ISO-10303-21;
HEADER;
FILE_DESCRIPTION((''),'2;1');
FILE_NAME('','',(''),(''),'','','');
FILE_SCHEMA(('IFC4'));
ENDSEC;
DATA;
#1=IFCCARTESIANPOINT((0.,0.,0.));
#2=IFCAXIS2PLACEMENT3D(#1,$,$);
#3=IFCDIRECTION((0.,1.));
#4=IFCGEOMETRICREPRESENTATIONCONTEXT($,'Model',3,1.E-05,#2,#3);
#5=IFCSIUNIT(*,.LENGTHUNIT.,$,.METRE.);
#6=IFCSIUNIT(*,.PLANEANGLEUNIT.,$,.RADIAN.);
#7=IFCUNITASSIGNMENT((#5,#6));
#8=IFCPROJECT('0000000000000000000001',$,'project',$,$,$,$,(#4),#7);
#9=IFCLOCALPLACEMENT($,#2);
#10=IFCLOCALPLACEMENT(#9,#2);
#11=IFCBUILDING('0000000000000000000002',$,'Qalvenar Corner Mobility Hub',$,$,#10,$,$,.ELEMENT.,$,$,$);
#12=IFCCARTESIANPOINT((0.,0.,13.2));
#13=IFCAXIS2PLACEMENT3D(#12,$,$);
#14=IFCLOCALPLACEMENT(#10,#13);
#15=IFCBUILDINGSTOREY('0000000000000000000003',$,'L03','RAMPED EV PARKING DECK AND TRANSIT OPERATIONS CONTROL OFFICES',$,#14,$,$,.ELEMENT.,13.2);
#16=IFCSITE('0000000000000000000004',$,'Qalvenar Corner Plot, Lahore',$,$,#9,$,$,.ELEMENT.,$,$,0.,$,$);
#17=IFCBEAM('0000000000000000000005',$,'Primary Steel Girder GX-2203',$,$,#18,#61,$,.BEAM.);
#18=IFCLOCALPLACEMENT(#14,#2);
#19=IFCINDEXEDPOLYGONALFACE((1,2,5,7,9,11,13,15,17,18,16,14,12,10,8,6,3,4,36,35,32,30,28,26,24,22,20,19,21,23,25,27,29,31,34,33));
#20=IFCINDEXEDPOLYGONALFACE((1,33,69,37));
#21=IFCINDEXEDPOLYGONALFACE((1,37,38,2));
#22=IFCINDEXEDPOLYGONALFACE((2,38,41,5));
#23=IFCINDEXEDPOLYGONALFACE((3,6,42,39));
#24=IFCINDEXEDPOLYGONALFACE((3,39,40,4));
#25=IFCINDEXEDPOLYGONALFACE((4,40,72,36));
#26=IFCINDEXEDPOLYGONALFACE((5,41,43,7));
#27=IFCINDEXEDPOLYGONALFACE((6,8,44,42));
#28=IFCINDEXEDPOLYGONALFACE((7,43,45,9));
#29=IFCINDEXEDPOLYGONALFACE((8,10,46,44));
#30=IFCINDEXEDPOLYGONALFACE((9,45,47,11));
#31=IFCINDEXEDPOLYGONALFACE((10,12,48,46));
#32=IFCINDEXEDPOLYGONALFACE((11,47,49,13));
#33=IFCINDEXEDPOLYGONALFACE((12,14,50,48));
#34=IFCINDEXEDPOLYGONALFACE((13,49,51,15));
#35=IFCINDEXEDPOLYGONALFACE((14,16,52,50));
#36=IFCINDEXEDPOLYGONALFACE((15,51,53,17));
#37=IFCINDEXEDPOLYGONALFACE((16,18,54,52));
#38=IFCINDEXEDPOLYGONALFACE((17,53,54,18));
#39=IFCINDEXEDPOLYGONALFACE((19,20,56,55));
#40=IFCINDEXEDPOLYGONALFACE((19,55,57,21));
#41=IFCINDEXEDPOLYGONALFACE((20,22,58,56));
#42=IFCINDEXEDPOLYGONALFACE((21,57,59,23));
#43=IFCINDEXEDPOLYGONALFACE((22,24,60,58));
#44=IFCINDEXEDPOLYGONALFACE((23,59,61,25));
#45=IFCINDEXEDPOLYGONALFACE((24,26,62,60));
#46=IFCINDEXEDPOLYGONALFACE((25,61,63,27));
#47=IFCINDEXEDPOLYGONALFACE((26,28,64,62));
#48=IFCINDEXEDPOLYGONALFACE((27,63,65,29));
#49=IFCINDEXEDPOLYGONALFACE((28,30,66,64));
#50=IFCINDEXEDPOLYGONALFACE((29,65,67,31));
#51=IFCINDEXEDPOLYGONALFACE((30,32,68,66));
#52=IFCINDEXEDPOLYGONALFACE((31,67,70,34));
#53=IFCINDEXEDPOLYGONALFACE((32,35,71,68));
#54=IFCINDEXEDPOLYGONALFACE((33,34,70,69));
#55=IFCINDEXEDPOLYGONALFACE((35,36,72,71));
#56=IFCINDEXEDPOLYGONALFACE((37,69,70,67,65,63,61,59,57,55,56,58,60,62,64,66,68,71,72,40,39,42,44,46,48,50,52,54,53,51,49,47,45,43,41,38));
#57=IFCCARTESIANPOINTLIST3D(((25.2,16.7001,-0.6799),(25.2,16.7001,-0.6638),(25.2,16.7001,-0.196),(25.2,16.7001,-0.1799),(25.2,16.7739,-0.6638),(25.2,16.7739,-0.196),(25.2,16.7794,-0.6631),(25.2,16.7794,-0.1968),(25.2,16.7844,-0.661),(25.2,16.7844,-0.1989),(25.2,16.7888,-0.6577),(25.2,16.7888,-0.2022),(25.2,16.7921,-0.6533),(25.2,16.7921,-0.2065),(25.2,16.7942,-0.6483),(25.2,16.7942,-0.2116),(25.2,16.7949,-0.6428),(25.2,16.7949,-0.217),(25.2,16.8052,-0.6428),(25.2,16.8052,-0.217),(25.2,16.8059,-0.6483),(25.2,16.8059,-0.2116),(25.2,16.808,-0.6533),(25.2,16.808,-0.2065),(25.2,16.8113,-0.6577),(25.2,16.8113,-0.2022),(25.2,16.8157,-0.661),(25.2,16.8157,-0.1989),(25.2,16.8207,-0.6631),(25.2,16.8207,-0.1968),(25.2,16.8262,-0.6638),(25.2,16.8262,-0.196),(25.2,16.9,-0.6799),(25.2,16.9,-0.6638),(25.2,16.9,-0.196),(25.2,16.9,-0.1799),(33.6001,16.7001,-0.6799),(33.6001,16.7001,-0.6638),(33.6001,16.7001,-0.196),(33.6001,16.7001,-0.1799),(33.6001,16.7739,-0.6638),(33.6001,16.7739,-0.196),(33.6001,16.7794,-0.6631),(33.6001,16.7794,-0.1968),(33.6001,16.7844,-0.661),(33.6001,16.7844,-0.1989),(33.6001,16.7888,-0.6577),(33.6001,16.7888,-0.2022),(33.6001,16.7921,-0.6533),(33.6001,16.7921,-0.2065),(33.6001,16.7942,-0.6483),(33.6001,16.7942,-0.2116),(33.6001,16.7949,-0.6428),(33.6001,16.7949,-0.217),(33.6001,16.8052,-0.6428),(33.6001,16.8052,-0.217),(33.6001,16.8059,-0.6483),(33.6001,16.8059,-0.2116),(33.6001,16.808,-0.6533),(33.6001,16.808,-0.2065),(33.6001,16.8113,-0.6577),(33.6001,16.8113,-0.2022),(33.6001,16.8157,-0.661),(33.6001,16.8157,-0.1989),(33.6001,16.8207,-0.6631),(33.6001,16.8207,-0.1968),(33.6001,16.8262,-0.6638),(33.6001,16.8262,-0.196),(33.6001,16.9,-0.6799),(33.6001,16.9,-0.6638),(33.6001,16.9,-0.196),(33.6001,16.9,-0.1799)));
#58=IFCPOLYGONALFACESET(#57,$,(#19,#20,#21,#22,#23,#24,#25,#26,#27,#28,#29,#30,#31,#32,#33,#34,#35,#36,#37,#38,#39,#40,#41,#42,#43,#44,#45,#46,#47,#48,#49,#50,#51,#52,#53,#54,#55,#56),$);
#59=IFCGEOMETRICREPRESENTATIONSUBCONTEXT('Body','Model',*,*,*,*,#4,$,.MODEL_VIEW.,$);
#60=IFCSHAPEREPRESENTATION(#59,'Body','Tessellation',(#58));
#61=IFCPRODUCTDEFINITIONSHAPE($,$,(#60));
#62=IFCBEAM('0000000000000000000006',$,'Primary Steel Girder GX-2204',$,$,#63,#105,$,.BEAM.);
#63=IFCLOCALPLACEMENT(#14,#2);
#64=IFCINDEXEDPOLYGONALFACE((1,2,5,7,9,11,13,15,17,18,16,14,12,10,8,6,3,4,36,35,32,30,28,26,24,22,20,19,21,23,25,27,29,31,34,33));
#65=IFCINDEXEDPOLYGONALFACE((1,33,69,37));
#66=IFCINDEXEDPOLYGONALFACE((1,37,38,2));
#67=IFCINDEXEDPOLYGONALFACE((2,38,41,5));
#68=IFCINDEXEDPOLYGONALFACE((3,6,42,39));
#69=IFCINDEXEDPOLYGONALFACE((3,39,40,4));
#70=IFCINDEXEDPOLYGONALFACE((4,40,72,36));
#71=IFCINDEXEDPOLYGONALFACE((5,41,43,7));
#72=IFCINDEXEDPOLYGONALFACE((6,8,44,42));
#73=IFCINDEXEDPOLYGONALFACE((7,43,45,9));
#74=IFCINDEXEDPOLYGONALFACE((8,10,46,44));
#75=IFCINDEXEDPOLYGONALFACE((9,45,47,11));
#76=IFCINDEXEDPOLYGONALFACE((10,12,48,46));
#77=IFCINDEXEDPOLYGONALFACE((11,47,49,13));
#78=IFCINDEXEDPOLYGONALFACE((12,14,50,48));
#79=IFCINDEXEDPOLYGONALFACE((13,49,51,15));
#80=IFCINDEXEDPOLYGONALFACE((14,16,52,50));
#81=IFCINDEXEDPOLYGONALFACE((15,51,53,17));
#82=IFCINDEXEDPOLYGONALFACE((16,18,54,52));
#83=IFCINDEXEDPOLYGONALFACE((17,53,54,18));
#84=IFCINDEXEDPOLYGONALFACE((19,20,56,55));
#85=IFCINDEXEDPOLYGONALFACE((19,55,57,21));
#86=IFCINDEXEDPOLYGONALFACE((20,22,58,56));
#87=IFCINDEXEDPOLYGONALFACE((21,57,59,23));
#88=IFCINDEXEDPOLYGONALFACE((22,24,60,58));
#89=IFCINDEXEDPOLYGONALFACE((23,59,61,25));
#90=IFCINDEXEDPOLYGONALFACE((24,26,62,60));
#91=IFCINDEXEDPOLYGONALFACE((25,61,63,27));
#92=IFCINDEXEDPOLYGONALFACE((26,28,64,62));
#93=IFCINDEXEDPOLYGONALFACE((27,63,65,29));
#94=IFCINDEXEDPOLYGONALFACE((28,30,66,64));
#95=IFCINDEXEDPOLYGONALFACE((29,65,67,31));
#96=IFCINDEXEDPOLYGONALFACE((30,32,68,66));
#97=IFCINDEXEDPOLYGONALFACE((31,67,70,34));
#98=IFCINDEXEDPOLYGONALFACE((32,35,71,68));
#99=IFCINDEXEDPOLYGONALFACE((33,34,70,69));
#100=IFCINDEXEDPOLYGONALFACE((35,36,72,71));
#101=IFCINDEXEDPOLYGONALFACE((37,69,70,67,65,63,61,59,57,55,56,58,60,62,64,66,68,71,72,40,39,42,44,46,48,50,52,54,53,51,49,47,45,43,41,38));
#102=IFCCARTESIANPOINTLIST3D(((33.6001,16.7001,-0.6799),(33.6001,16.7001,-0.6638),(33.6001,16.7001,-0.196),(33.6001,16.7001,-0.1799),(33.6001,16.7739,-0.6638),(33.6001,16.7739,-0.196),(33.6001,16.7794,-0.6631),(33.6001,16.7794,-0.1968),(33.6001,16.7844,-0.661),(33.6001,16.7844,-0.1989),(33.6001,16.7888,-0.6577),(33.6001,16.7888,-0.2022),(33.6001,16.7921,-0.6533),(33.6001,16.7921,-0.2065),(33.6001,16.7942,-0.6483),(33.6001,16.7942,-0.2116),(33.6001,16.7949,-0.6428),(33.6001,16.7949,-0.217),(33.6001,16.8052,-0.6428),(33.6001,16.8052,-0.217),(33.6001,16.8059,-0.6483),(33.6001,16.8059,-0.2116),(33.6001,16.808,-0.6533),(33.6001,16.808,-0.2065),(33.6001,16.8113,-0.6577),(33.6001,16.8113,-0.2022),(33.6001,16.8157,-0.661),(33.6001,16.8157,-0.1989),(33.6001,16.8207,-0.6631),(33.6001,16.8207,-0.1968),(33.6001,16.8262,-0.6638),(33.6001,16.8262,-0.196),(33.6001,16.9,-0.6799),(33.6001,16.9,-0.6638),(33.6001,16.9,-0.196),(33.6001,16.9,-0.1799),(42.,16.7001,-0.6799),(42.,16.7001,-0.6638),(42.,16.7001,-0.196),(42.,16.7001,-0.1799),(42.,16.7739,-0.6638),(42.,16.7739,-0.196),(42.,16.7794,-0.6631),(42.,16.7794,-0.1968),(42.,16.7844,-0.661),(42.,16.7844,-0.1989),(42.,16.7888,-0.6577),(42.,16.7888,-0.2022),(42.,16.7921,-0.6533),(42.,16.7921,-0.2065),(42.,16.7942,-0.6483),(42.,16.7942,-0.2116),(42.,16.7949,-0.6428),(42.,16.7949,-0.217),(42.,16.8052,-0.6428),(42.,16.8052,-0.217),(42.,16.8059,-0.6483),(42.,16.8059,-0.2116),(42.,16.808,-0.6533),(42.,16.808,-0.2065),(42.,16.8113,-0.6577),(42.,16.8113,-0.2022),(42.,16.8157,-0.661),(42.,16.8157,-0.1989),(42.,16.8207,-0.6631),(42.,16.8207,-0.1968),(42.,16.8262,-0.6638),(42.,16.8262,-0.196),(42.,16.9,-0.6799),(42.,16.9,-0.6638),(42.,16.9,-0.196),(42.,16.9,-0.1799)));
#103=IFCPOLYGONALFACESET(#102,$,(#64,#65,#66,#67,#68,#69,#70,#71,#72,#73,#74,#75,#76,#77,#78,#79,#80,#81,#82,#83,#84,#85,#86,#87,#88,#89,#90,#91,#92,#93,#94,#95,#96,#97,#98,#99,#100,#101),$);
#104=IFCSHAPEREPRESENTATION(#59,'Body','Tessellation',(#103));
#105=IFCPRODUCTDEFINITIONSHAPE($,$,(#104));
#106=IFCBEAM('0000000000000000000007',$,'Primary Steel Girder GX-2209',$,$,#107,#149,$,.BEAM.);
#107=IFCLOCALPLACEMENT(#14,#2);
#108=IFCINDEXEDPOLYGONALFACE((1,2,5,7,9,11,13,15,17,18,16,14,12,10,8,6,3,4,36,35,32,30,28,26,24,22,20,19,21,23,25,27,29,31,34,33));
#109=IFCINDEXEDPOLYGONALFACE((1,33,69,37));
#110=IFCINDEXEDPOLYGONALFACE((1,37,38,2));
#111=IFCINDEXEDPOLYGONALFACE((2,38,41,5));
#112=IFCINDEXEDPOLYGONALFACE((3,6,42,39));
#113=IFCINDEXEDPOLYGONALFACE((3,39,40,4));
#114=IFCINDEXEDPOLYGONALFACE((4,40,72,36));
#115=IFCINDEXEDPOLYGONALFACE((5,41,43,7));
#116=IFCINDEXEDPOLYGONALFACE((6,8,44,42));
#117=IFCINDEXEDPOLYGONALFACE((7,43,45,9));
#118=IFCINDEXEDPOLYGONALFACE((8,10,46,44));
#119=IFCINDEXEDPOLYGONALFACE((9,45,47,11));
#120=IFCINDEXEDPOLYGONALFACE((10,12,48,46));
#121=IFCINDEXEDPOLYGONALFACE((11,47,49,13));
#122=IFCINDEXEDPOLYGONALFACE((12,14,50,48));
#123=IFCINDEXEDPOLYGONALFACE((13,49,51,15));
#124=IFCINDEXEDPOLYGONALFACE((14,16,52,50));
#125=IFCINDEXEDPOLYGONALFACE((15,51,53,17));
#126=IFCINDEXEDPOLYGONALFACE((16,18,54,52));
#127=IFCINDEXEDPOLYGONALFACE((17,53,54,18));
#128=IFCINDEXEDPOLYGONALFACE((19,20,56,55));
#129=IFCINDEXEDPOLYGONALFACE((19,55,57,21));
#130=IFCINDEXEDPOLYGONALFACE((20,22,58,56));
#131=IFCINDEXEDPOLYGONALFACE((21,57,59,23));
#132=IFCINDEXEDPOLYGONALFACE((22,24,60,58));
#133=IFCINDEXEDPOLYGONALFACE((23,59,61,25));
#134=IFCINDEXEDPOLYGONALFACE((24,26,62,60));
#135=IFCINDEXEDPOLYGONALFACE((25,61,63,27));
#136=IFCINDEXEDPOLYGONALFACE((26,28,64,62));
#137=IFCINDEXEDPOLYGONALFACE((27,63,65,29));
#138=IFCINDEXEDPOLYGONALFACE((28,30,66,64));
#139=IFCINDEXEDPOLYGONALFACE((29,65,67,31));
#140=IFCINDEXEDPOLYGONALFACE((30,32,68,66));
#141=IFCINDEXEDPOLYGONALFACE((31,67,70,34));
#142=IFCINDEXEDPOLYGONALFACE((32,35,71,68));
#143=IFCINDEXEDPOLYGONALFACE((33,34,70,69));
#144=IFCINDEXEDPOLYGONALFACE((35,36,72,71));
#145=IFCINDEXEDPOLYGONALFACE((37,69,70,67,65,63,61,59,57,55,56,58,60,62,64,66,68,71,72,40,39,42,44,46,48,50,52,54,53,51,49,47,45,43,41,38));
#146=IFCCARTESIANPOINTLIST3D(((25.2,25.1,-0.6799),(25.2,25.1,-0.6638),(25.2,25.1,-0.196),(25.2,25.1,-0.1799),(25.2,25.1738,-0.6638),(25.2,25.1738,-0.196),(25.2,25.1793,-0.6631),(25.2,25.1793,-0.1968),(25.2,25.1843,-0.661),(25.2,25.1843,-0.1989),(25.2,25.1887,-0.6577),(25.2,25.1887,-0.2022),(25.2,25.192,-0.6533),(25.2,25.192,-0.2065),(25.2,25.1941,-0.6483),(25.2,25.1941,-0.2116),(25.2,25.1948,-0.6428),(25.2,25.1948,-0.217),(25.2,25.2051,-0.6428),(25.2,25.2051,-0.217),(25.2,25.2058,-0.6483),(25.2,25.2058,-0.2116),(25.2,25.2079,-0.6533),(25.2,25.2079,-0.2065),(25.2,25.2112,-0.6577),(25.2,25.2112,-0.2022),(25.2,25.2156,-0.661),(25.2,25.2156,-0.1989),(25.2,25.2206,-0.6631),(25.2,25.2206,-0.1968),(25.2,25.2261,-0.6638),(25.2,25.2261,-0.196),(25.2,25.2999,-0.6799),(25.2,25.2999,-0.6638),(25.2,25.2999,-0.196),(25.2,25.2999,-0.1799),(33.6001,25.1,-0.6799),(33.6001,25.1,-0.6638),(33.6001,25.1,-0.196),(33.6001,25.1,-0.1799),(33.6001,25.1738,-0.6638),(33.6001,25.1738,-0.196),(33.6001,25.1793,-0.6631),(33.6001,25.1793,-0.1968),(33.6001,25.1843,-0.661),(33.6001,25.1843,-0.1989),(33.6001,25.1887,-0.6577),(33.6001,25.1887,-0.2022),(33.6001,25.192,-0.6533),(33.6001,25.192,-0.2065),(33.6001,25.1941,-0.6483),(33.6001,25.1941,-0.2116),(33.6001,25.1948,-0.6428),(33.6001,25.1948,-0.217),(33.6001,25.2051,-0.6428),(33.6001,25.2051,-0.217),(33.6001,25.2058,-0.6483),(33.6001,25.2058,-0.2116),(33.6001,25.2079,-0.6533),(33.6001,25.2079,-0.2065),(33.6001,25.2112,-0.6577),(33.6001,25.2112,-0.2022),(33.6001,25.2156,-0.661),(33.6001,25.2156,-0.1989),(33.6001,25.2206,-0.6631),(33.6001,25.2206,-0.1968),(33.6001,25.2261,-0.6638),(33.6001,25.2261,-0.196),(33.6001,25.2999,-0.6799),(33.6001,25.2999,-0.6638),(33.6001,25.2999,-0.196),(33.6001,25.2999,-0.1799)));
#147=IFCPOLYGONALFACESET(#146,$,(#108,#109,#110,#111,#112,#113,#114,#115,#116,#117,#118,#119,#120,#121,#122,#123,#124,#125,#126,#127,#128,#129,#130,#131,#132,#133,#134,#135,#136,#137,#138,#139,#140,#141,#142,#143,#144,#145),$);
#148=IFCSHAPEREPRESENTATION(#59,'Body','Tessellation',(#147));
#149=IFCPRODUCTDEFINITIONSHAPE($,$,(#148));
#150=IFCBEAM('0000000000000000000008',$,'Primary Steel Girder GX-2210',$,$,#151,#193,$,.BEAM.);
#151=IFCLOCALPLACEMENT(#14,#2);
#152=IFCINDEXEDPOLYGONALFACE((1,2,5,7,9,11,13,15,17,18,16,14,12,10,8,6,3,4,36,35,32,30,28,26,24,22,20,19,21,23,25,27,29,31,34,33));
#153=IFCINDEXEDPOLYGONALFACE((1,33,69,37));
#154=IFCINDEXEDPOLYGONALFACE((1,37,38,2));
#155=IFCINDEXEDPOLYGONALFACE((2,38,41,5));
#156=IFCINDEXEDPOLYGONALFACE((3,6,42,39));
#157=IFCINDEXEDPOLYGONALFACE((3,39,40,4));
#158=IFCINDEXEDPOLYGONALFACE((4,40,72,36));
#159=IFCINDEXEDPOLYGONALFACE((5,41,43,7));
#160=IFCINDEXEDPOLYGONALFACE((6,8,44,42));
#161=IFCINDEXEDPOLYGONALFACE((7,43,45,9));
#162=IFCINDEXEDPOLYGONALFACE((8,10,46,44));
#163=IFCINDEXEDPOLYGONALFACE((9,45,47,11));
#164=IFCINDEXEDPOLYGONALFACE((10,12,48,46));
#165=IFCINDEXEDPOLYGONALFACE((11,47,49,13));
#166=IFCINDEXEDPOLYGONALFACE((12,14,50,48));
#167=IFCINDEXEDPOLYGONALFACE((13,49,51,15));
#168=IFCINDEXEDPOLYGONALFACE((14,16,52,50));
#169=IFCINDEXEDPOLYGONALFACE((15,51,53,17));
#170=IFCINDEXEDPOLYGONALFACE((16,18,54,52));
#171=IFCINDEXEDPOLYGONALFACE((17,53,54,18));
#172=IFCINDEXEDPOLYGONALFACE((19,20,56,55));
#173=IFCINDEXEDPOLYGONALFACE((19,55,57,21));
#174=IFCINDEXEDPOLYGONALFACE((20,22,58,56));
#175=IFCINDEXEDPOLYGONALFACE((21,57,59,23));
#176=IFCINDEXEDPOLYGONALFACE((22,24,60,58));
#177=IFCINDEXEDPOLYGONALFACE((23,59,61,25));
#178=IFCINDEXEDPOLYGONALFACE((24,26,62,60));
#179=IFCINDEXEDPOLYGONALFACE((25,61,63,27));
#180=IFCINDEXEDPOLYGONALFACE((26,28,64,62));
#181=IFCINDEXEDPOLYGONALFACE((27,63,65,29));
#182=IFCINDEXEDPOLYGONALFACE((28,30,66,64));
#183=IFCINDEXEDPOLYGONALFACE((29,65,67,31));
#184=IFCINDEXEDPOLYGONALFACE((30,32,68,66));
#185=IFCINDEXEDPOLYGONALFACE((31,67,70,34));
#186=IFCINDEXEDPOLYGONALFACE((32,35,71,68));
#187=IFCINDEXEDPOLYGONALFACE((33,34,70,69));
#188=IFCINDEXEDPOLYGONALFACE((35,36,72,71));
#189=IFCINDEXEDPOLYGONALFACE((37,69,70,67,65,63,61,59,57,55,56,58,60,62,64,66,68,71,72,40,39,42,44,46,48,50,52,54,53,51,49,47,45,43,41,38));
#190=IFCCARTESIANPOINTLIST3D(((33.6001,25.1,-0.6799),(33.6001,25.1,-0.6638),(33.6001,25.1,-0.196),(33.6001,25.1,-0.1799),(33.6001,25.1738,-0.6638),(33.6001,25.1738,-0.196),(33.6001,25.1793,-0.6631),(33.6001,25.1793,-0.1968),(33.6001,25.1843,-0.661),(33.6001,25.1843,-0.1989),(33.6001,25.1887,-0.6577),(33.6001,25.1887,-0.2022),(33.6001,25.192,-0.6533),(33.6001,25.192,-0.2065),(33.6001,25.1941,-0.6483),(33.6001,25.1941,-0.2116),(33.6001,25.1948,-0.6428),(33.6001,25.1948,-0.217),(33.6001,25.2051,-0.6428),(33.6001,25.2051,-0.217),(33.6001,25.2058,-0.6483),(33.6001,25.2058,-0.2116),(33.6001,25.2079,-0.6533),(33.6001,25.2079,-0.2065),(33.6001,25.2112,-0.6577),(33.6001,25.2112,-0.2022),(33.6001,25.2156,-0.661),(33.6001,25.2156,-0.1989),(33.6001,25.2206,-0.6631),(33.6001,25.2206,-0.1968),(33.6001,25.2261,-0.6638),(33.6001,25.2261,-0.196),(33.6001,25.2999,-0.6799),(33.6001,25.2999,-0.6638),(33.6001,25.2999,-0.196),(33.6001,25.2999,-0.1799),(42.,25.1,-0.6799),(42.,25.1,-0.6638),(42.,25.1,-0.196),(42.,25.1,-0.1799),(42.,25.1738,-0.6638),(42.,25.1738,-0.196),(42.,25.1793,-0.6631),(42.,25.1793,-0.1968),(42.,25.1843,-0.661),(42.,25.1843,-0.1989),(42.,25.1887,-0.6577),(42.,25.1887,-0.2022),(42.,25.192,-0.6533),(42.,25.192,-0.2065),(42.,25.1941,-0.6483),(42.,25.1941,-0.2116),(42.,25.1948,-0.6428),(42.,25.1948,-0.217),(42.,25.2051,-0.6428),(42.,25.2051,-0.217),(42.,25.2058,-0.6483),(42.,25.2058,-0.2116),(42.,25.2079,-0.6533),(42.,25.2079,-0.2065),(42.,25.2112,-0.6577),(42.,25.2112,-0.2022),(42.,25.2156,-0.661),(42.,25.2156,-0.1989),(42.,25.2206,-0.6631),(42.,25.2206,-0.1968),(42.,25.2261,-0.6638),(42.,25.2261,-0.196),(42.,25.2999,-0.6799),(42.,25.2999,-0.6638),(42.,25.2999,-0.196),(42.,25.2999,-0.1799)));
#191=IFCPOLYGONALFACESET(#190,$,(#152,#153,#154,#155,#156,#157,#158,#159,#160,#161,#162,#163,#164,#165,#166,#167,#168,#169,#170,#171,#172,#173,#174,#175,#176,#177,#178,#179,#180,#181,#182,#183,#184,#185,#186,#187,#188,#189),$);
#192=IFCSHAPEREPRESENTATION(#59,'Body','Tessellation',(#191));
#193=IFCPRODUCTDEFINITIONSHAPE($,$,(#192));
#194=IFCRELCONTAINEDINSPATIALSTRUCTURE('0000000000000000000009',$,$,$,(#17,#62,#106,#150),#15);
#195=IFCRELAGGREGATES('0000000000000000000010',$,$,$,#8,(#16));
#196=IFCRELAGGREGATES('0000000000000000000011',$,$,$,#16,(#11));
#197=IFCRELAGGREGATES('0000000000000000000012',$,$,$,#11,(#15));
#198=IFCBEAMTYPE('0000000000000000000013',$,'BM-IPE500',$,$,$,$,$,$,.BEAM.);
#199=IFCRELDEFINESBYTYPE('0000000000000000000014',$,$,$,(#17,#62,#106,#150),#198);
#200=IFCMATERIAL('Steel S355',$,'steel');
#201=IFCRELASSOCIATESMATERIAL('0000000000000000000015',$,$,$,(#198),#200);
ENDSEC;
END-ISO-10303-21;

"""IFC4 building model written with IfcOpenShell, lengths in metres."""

from ifc_helpers import new_model, si_unit, direction, frame, origin, origin_2d, place, context, subcontext, project, spatial, i_section, extrude, material, material_profile, profile_set, type_object, element, save


model = new_model("IFC4")

# Units and contexts
model_context = context("Model", 3, precision=1e-05, world=origin(), true_north=direction((0.0, 1.0)))
body_context = subcontext(model_context, "Body", "Model", "MODEL_VIEW")
ifc_project = project(units=[si_unit("LENGTHUNIT", "METRE"), si_unit("PLANEANGLEUNIT", "RADIAN")], contexts=[model_context])

# Site, building, storey
site_placement = place(None, origin())
site = spatial("IfcSite", under=ifc_project, at=site_placement, Name="Qalvenar Corner Plot, Lahore", CompositionType="ELEMENT", RefElevation=0.0)
building_placement = place(site_placement, origin())
building = spatial("IfcBuilding", under=site, at=building_placement, Name="Qalvenar Corner Mobility Hub", CompositionType="ELEMENT")
storey_placement = place(building_placement, frame((0.0, 0.0, 13.2)))
storey = spatial("IfcBuildingStorey", under=building, at=storey_placement, Name="L03", Description="RAMPED EV PARKING DECK AND TRANSIT OPERATIONS CONTROL OFFICES", CompositionType="ELEMENT", Elevation=13.2)

# Shared definitions
ifc_material_1 = material(Name="Steel S355", Category="steel")

# Beams
ifc_material_profile_1 = material_profile(ifc_material_1, i_section(OverallWidth=0.2, OverallDepth=0.5, WebThickness=0.0103, FlangeThickness=0.0161, FilletRadius=0.021, at=origin_2d()), Name="IPE500")
ifc_profile_set_1 = profile_set([ifc_material_profile_1], Name="Steel S355")
beam_type_1 = type_object("IfcBeamType", Name="BM-IPE500", PredefinedType="BEAM", material=ifc_profile_set_1)
beam_1_placement = place(storey_placement, frame((25.2, 16.8, -0.4299), z_axis=(1.0, 0.0, 0.0), x_axis=(0.0, 1.0, 0.0)))
element("IfcBeam", 1, at=beam_1_placement, inside=storey, type_object=beam_type_1, Name="Primary Steel Girder GX-2203", PredefinedType="BEAM", context=body_context, shape_type="SweptSolid", body=[
    extrude(i_section(OverallWidth=0.2, OverallDepth=0.5, WebThickness=0.0103, FlangeThickness=0.0161, FilletRadius=0.021, at=origin_2d()), origin(), (0.0, 0.0, 1.0), 8.4001),
])
beam_2_placement = place(storey_placement, frame((33.6001, 16.8, -0.4299), z_axis=(1.0, 0.0, 0.0), x_axis=(0.0, 1.0, 0.0)))
element("IfcBeam", 2, at=beam_2_placement, inside=storey, type_object=beam_type_1, Name="Primary Steel Girder GX-2204", PredefinedType="BEAM", context=body_context, shape_type="SweptSolid", body=[
    extrude(i_section(OverallWidth=0.2, OverallDepth=0.5, WebThickness=0.0103, FlangeThickness=0.0161, FilletRadius=0.021, at=origin_2d()), origin(), (0.0, 0.0, 1.0), 8.3999),
])
beam_3_placement = place(storey_placement, frame((25.2, 25.2, -0.4299), z_axis=(1.0, 0.0, 0.0), x_axis=(0.0, 1.0, 0.0)))
element("IfcBeam", 3, at=beam_3_placement, inside=storey, type_object=beam_type_1, Name="Primary Steel Girder GX-2209", PredefinedType="BEAM", context=body_context, shape_type="SweptSolid", body=[
    extrude(i_section(OverallWidth=0.2, OverallDepth=0.5, WebThickness=0.0103, FlangeThickness=0.0161, FilletRadius=0.021, at=origin_2d()), origin(), (0.0, 0.0, 1.0), 8.4001),
])
beam_4_placement = place(storey_placement, frame((33.6001, 25.2, -0.4299), z_axis=(1.0, 0.0, 0.0), x_axis=(0.0, 1.0, 0.0)))
element("IfcBeam", 4, at=beam_4_placement, inside=storey, type_object=beam_type_1, Name="Primary Steel Girder GX-2210", PredefinedType="BEAM", context=body_context, shape_type="SweptSolid", body=[
    extrude(i_section(OverallWidth=0.2, OverallDepth=0.5, WebThickness=0.0103, FlangeThickness=0.0161, FilletRadius=0.021, at=origin_2d()), origin(), (0.0, 0.0, 1.0), 8.3999),
])

save(model, "model.ifc")
